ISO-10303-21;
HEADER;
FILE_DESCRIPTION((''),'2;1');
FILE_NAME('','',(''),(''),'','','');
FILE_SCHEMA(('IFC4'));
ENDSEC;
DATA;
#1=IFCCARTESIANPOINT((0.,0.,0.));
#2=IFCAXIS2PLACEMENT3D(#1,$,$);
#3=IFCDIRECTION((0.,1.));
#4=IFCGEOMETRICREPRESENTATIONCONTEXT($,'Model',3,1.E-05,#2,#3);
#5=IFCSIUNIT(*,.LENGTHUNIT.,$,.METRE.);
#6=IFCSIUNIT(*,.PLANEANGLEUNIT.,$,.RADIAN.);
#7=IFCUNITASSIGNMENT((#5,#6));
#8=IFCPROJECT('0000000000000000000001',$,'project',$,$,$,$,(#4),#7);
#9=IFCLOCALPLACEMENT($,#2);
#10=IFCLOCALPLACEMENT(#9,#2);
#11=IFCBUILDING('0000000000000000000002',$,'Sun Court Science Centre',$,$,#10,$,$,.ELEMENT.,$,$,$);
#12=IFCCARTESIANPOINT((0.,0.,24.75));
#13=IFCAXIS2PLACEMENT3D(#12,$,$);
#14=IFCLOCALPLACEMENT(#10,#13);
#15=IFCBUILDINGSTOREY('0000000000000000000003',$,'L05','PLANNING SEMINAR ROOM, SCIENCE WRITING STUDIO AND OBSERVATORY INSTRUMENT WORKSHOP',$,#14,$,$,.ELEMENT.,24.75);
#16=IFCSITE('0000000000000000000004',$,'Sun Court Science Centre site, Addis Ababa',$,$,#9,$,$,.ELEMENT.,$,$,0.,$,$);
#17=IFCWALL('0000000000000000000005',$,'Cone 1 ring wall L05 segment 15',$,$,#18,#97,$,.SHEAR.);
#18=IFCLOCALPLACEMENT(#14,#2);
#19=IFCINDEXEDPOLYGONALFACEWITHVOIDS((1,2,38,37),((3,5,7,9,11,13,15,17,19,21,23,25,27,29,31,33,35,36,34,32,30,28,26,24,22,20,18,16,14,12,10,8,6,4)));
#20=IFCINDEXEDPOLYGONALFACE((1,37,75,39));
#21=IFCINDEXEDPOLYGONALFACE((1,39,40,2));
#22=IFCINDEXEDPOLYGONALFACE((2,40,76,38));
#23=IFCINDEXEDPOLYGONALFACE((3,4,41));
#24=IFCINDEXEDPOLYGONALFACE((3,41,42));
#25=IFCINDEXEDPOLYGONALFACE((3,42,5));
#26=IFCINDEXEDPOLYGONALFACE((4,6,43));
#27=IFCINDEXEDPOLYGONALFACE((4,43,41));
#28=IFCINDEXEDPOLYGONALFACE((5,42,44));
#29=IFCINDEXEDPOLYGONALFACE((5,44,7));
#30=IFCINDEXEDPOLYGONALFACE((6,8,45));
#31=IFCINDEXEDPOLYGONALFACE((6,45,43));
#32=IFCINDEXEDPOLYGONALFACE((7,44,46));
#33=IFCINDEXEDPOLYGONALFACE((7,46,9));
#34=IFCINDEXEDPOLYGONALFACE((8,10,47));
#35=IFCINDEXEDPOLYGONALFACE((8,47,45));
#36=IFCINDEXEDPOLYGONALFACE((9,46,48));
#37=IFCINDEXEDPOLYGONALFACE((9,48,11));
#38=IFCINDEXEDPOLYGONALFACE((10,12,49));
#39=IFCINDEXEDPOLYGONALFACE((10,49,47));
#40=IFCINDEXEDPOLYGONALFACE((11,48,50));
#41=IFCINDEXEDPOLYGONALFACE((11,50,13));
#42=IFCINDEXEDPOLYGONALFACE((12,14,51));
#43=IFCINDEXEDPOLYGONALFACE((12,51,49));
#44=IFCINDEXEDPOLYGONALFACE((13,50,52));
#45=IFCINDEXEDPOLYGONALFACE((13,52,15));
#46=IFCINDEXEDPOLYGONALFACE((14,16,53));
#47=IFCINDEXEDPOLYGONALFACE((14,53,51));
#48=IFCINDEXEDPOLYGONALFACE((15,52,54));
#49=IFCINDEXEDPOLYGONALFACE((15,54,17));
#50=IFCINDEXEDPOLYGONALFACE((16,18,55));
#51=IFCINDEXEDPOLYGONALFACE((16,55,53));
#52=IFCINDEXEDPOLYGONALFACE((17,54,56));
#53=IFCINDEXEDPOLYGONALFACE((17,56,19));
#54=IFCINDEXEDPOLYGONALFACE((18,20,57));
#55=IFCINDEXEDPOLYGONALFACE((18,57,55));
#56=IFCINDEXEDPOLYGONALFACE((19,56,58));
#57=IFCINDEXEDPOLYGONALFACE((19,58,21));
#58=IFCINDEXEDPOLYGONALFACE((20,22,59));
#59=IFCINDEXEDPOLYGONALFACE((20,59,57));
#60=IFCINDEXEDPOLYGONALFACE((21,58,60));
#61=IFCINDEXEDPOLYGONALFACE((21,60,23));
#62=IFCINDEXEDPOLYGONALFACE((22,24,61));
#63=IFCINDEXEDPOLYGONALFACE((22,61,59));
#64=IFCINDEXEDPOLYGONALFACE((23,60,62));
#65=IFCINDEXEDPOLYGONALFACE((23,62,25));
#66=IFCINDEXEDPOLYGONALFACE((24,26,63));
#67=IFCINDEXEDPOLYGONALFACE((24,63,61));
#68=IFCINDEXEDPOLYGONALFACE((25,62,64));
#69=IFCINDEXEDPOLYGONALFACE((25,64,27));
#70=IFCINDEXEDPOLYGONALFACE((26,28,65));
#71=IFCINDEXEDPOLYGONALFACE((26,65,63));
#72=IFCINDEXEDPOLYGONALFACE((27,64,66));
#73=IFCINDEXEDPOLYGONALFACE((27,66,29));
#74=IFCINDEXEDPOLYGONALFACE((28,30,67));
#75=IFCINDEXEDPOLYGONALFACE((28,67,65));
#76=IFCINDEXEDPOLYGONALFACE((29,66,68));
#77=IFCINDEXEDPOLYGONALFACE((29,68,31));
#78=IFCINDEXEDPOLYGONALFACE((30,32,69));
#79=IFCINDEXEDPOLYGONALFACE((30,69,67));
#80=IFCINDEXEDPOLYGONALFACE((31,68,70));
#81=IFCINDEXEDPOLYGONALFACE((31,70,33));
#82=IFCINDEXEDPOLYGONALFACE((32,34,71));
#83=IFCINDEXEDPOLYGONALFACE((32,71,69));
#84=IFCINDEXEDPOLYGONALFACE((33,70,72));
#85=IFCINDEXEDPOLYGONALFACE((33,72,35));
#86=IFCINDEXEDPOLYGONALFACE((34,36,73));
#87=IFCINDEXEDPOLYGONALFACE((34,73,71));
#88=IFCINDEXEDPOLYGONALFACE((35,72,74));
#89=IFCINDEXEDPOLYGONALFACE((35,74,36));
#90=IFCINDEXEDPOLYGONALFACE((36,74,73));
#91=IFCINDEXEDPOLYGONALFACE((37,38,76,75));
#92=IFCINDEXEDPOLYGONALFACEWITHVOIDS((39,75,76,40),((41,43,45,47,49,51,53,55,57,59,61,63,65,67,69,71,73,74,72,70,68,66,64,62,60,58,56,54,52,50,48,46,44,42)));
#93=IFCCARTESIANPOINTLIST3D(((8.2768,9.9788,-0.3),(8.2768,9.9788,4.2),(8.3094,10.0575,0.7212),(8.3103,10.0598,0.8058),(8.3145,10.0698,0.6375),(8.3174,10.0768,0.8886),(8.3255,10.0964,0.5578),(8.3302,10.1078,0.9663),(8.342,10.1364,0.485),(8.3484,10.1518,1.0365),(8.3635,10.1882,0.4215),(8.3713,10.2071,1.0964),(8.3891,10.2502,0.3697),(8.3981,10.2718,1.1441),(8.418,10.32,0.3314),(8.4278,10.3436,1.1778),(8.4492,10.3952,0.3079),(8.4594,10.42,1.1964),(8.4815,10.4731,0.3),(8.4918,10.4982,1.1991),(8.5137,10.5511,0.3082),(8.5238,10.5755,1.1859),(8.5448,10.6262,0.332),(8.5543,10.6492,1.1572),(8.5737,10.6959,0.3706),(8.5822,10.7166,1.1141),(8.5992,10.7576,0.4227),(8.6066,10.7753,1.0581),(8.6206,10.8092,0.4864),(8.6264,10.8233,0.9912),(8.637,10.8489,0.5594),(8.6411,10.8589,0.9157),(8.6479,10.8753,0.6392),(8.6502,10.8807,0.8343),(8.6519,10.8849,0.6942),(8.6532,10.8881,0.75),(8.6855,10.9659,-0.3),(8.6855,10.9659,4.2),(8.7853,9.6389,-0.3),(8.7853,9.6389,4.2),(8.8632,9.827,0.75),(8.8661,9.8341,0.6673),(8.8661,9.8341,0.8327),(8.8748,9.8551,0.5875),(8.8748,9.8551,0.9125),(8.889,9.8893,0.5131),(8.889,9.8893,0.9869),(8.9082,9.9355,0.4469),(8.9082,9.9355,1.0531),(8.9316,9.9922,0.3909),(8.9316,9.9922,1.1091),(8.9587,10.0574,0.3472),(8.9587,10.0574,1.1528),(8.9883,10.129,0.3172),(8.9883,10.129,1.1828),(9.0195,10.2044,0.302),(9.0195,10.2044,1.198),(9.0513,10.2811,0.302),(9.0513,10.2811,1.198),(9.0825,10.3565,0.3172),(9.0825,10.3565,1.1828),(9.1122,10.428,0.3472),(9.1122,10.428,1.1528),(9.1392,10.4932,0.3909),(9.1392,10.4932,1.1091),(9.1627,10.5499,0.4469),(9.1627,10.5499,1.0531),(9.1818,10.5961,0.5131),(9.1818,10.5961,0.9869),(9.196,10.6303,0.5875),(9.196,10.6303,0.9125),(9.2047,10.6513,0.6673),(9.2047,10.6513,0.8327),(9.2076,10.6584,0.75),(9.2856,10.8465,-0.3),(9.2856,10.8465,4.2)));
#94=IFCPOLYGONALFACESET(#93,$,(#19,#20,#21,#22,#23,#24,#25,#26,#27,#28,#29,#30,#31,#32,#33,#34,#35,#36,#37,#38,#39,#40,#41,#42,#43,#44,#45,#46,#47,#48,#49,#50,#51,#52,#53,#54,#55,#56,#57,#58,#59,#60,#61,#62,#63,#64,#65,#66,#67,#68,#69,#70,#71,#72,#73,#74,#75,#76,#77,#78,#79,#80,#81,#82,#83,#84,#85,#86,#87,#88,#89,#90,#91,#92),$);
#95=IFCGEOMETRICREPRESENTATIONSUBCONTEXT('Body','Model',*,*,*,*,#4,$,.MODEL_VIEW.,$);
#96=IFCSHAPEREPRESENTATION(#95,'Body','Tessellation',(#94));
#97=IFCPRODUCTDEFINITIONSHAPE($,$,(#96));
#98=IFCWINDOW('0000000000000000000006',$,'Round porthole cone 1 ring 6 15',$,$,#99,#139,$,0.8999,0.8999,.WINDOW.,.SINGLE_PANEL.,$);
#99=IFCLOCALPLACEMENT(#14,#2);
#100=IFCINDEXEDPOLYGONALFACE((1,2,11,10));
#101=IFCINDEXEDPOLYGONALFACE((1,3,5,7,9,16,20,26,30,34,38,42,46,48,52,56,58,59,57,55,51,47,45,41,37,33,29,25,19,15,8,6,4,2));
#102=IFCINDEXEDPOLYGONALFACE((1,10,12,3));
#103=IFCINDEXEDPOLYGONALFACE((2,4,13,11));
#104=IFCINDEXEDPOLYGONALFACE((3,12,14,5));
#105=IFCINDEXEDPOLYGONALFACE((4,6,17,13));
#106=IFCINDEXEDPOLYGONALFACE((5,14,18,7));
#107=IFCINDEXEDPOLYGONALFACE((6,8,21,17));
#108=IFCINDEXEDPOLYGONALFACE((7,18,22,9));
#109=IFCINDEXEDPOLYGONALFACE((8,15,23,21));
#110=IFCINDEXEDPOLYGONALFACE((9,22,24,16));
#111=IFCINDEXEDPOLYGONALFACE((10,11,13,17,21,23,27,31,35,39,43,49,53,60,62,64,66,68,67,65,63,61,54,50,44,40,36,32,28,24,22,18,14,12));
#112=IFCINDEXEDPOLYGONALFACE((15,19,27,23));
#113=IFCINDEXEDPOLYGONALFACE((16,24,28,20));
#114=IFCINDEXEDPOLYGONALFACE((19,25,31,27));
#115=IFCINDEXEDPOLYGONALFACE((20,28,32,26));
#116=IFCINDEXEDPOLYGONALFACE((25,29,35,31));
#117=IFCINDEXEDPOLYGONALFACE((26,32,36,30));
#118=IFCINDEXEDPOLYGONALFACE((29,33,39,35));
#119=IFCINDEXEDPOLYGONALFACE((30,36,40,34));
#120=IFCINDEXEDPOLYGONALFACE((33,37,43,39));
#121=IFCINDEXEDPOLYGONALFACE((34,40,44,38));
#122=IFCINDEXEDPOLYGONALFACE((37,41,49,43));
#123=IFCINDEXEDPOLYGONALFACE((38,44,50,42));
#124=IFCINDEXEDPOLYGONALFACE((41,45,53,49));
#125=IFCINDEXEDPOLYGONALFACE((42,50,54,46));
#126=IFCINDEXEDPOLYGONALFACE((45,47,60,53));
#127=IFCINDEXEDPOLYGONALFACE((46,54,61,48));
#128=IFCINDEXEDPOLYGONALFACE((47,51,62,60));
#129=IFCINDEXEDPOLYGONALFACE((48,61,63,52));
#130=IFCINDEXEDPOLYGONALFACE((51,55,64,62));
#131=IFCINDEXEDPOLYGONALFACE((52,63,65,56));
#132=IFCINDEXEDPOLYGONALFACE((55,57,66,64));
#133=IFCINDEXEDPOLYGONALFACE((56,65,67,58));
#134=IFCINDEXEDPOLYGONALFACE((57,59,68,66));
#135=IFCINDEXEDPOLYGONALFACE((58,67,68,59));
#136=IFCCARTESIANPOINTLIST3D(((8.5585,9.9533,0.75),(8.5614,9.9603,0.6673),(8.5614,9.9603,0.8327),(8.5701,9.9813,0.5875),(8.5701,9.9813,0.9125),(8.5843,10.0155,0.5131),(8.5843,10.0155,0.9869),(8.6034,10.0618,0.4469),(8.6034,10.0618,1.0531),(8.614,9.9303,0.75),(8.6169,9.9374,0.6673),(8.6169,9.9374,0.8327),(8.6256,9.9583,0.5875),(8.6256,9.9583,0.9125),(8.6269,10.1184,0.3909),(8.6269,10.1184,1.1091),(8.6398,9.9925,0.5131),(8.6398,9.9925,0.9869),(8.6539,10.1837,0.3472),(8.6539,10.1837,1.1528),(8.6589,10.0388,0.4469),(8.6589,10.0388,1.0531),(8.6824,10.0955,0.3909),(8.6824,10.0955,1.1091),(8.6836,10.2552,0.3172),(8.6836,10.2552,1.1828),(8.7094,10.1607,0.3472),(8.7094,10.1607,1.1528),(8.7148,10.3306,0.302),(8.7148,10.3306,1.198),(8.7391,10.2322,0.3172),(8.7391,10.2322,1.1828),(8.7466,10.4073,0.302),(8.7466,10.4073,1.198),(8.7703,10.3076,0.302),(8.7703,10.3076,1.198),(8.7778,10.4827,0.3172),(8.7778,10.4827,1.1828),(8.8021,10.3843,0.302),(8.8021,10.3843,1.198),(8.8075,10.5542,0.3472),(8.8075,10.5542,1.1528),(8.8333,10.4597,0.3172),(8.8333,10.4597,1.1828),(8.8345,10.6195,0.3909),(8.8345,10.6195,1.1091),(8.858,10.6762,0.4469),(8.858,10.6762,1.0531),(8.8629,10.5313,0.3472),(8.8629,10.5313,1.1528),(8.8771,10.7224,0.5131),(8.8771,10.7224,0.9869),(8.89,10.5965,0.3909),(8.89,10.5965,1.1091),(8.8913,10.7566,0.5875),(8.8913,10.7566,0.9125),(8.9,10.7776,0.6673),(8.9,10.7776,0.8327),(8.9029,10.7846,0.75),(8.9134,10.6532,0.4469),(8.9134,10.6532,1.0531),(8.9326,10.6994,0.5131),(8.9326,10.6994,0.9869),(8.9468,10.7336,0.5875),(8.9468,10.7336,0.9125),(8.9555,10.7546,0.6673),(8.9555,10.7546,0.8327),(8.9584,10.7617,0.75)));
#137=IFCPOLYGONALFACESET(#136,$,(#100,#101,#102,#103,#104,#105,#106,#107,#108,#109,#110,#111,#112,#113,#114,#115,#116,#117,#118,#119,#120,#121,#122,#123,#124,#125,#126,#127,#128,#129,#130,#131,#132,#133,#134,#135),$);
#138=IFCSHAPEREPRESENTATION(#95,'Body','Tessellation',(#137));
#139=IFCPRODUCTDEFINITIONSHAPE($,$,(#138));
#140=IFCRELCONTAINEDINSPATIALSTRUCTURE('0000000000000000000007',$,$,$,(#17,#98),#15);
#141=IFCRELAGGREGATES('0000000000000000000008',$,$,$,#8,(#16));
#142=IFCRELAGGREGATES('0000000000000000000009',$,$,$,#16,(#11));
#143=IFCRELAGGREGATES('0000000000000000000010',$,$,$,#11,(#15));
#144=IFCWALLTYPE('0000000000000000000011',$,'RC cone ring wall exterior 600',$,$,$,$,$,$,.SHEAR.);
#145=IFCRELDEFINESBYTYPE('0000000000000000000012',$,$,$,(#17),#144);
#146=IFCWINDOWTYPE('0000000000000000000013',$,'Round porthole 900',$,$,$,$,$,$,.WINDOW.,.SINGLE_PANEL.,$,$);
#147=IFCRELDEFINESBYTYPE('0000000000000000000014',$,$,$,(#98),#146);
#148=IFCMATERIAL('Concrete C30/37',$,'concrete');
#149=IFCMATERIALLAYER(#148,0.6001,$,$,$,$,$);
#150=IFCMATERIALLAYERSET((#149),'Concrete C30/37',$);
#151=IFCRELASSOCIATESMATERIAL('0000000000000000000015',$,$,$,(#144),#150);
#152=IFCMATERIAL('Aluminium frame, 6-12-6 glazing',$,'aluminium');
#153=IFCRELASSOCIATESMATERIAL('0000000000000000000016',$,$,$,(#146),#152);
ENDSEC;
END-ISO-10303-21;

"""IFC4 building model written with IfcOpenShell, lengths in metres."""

from ifc_helpers import new_model, si_unit, direction, frame, frame_2d, origin, place, context, subcontext, project, spatial, polyline, circle, outline, extrude, material, layer, layer_set, type_object, element, fill, save


model = new_model("IFC4")

# Units and contexts
model_context = context("Model", 3, precision=1e-05, world=origin(), true_north=direction((0.0, 1.0)))
body_context = subcontext(model_context, "Body", "Model", "MODEL_VIEW")
ifc_project = project(units=[si_unit("LENGTHUNIT", "METRE"), si_unit("PLANEANGLEUNIT", "RADIAN")], contexts=[model_context])

# Site, building, storey
site_placement = place(None, origin())
site = spatial("IfcSite", under=ifc_project, at=site_placement, Name="Sun Court Science Centre site, Addis Ababa", CompositionType="ELEMENT", RefElevation=0.0)
building_placement = place(site_placement, origin())
building = spatial("IfcBuilding", under=site, at=building_placement, Name="Sun Court Science Centre", CompositionType="ELEMENT")
storey_placement = place(building_placement, frame((0.0, 0.0, 24.75)))
storey = spatial("IfcBuildingStorey", under=building, at=storey_placement, Name="L05", Description="PLANNING SEMINAR ROOM, SCIENCE WRITING STUDIO AND OBSERVATORY INSTRUMENT WORKSHOP", CompositionType="ELEMENT", Elevation=24.75)

# Wall, opening, window
ifc_material_1 = material(Name="Concrete C30/37", Category="concrete")
ifc_layer = layer(ifc_material_1, 0.6001)
ifc_layer_set = layer_set([ifc_layer], Name="Concrete C30/37")
wall_type = type_object("IfcWallType", Name="RC cone ring wall exterior 600", PredefinedType="SHEAR", material=ifc_layer_set)
ifc_material_2 = material(Name="Aluminium frame, 6-12-6 glazing", Category="aluminium")
window_type = type_object("IfcWindowType", Name="Round porthole 900", PartitioningType="SINGLE_PANEL", PredefinedType="WINDOW", material=ifc_material_2)
wall_1_placement = place(storey_placement, frame((8.5083, 9.7537, -0.3), z_axis=(0.0, 0.0, 1.0), x_axis=(0.382731, 0.92386, 0.0)))
wall_1 = element("IfcWall", 1, at=wall_1_placement, inside=storey, type_object=wall_type, Name="Cone 1 ring wall L05 segment 15", PredefinedType="SHEAR", context=body_context, shape_type="SweptSolid", body=[
    extrude(outline(polyline([(0.0, -0.2998), (1.3071, -0.2998), (1.1877, 0.3003), (0.1194, 0.3), (0.0, -0.2998)])), origin(), (0.0, 0.0, 1.0), 4.5),
])
opening_1_placement = place(wall_1_placement, frame((0.2036, 0.0, 0.6001)))
opening_1 = element("IfcOpeningElement", 2, at=opening_1_placement, cuts=wall_1, PredefinedType="OPENING", context=body_context, shape_type="SweptSolid", body=[
    extrude(circle(Radius=0.45, at=frame_2d((0.45, 0.45))), frame((0.0, 0.3101, 0.0), z_axis=(0.0, -1.0, 0.0), x_axis=(1.0, 0.0, 0.0)), (0.0, 0.0, 1.0), 0.6201),
])
window_1_placement = place(opening_1_placement, origin())
window_1 = element("IfcWindow", 3, at=window_1_placement, inside=storey, type_object=window_type, Name="Round porthole cone 1 ring 6 15", OverallHeight=0.8999, OverallWidth=0.8999, PartitioningType="SINGLE_PANEL", PredefinedType="WINDOW", context=body_context, shape_type="SweptSolid", body=[
    extrude(circle(Radius=0.45, at=frame_2d((0.45, 0.45))), frame((0.0, 0.03, 0.0), z_axis=(0.0, -1.0, 0.0), x_axis=(1.0, 0.0, 0.0)), (0.0, 0.0, 1.0), 0.0601),
])
fill(opening_1, window_1)

save(model, "model.ifc")
